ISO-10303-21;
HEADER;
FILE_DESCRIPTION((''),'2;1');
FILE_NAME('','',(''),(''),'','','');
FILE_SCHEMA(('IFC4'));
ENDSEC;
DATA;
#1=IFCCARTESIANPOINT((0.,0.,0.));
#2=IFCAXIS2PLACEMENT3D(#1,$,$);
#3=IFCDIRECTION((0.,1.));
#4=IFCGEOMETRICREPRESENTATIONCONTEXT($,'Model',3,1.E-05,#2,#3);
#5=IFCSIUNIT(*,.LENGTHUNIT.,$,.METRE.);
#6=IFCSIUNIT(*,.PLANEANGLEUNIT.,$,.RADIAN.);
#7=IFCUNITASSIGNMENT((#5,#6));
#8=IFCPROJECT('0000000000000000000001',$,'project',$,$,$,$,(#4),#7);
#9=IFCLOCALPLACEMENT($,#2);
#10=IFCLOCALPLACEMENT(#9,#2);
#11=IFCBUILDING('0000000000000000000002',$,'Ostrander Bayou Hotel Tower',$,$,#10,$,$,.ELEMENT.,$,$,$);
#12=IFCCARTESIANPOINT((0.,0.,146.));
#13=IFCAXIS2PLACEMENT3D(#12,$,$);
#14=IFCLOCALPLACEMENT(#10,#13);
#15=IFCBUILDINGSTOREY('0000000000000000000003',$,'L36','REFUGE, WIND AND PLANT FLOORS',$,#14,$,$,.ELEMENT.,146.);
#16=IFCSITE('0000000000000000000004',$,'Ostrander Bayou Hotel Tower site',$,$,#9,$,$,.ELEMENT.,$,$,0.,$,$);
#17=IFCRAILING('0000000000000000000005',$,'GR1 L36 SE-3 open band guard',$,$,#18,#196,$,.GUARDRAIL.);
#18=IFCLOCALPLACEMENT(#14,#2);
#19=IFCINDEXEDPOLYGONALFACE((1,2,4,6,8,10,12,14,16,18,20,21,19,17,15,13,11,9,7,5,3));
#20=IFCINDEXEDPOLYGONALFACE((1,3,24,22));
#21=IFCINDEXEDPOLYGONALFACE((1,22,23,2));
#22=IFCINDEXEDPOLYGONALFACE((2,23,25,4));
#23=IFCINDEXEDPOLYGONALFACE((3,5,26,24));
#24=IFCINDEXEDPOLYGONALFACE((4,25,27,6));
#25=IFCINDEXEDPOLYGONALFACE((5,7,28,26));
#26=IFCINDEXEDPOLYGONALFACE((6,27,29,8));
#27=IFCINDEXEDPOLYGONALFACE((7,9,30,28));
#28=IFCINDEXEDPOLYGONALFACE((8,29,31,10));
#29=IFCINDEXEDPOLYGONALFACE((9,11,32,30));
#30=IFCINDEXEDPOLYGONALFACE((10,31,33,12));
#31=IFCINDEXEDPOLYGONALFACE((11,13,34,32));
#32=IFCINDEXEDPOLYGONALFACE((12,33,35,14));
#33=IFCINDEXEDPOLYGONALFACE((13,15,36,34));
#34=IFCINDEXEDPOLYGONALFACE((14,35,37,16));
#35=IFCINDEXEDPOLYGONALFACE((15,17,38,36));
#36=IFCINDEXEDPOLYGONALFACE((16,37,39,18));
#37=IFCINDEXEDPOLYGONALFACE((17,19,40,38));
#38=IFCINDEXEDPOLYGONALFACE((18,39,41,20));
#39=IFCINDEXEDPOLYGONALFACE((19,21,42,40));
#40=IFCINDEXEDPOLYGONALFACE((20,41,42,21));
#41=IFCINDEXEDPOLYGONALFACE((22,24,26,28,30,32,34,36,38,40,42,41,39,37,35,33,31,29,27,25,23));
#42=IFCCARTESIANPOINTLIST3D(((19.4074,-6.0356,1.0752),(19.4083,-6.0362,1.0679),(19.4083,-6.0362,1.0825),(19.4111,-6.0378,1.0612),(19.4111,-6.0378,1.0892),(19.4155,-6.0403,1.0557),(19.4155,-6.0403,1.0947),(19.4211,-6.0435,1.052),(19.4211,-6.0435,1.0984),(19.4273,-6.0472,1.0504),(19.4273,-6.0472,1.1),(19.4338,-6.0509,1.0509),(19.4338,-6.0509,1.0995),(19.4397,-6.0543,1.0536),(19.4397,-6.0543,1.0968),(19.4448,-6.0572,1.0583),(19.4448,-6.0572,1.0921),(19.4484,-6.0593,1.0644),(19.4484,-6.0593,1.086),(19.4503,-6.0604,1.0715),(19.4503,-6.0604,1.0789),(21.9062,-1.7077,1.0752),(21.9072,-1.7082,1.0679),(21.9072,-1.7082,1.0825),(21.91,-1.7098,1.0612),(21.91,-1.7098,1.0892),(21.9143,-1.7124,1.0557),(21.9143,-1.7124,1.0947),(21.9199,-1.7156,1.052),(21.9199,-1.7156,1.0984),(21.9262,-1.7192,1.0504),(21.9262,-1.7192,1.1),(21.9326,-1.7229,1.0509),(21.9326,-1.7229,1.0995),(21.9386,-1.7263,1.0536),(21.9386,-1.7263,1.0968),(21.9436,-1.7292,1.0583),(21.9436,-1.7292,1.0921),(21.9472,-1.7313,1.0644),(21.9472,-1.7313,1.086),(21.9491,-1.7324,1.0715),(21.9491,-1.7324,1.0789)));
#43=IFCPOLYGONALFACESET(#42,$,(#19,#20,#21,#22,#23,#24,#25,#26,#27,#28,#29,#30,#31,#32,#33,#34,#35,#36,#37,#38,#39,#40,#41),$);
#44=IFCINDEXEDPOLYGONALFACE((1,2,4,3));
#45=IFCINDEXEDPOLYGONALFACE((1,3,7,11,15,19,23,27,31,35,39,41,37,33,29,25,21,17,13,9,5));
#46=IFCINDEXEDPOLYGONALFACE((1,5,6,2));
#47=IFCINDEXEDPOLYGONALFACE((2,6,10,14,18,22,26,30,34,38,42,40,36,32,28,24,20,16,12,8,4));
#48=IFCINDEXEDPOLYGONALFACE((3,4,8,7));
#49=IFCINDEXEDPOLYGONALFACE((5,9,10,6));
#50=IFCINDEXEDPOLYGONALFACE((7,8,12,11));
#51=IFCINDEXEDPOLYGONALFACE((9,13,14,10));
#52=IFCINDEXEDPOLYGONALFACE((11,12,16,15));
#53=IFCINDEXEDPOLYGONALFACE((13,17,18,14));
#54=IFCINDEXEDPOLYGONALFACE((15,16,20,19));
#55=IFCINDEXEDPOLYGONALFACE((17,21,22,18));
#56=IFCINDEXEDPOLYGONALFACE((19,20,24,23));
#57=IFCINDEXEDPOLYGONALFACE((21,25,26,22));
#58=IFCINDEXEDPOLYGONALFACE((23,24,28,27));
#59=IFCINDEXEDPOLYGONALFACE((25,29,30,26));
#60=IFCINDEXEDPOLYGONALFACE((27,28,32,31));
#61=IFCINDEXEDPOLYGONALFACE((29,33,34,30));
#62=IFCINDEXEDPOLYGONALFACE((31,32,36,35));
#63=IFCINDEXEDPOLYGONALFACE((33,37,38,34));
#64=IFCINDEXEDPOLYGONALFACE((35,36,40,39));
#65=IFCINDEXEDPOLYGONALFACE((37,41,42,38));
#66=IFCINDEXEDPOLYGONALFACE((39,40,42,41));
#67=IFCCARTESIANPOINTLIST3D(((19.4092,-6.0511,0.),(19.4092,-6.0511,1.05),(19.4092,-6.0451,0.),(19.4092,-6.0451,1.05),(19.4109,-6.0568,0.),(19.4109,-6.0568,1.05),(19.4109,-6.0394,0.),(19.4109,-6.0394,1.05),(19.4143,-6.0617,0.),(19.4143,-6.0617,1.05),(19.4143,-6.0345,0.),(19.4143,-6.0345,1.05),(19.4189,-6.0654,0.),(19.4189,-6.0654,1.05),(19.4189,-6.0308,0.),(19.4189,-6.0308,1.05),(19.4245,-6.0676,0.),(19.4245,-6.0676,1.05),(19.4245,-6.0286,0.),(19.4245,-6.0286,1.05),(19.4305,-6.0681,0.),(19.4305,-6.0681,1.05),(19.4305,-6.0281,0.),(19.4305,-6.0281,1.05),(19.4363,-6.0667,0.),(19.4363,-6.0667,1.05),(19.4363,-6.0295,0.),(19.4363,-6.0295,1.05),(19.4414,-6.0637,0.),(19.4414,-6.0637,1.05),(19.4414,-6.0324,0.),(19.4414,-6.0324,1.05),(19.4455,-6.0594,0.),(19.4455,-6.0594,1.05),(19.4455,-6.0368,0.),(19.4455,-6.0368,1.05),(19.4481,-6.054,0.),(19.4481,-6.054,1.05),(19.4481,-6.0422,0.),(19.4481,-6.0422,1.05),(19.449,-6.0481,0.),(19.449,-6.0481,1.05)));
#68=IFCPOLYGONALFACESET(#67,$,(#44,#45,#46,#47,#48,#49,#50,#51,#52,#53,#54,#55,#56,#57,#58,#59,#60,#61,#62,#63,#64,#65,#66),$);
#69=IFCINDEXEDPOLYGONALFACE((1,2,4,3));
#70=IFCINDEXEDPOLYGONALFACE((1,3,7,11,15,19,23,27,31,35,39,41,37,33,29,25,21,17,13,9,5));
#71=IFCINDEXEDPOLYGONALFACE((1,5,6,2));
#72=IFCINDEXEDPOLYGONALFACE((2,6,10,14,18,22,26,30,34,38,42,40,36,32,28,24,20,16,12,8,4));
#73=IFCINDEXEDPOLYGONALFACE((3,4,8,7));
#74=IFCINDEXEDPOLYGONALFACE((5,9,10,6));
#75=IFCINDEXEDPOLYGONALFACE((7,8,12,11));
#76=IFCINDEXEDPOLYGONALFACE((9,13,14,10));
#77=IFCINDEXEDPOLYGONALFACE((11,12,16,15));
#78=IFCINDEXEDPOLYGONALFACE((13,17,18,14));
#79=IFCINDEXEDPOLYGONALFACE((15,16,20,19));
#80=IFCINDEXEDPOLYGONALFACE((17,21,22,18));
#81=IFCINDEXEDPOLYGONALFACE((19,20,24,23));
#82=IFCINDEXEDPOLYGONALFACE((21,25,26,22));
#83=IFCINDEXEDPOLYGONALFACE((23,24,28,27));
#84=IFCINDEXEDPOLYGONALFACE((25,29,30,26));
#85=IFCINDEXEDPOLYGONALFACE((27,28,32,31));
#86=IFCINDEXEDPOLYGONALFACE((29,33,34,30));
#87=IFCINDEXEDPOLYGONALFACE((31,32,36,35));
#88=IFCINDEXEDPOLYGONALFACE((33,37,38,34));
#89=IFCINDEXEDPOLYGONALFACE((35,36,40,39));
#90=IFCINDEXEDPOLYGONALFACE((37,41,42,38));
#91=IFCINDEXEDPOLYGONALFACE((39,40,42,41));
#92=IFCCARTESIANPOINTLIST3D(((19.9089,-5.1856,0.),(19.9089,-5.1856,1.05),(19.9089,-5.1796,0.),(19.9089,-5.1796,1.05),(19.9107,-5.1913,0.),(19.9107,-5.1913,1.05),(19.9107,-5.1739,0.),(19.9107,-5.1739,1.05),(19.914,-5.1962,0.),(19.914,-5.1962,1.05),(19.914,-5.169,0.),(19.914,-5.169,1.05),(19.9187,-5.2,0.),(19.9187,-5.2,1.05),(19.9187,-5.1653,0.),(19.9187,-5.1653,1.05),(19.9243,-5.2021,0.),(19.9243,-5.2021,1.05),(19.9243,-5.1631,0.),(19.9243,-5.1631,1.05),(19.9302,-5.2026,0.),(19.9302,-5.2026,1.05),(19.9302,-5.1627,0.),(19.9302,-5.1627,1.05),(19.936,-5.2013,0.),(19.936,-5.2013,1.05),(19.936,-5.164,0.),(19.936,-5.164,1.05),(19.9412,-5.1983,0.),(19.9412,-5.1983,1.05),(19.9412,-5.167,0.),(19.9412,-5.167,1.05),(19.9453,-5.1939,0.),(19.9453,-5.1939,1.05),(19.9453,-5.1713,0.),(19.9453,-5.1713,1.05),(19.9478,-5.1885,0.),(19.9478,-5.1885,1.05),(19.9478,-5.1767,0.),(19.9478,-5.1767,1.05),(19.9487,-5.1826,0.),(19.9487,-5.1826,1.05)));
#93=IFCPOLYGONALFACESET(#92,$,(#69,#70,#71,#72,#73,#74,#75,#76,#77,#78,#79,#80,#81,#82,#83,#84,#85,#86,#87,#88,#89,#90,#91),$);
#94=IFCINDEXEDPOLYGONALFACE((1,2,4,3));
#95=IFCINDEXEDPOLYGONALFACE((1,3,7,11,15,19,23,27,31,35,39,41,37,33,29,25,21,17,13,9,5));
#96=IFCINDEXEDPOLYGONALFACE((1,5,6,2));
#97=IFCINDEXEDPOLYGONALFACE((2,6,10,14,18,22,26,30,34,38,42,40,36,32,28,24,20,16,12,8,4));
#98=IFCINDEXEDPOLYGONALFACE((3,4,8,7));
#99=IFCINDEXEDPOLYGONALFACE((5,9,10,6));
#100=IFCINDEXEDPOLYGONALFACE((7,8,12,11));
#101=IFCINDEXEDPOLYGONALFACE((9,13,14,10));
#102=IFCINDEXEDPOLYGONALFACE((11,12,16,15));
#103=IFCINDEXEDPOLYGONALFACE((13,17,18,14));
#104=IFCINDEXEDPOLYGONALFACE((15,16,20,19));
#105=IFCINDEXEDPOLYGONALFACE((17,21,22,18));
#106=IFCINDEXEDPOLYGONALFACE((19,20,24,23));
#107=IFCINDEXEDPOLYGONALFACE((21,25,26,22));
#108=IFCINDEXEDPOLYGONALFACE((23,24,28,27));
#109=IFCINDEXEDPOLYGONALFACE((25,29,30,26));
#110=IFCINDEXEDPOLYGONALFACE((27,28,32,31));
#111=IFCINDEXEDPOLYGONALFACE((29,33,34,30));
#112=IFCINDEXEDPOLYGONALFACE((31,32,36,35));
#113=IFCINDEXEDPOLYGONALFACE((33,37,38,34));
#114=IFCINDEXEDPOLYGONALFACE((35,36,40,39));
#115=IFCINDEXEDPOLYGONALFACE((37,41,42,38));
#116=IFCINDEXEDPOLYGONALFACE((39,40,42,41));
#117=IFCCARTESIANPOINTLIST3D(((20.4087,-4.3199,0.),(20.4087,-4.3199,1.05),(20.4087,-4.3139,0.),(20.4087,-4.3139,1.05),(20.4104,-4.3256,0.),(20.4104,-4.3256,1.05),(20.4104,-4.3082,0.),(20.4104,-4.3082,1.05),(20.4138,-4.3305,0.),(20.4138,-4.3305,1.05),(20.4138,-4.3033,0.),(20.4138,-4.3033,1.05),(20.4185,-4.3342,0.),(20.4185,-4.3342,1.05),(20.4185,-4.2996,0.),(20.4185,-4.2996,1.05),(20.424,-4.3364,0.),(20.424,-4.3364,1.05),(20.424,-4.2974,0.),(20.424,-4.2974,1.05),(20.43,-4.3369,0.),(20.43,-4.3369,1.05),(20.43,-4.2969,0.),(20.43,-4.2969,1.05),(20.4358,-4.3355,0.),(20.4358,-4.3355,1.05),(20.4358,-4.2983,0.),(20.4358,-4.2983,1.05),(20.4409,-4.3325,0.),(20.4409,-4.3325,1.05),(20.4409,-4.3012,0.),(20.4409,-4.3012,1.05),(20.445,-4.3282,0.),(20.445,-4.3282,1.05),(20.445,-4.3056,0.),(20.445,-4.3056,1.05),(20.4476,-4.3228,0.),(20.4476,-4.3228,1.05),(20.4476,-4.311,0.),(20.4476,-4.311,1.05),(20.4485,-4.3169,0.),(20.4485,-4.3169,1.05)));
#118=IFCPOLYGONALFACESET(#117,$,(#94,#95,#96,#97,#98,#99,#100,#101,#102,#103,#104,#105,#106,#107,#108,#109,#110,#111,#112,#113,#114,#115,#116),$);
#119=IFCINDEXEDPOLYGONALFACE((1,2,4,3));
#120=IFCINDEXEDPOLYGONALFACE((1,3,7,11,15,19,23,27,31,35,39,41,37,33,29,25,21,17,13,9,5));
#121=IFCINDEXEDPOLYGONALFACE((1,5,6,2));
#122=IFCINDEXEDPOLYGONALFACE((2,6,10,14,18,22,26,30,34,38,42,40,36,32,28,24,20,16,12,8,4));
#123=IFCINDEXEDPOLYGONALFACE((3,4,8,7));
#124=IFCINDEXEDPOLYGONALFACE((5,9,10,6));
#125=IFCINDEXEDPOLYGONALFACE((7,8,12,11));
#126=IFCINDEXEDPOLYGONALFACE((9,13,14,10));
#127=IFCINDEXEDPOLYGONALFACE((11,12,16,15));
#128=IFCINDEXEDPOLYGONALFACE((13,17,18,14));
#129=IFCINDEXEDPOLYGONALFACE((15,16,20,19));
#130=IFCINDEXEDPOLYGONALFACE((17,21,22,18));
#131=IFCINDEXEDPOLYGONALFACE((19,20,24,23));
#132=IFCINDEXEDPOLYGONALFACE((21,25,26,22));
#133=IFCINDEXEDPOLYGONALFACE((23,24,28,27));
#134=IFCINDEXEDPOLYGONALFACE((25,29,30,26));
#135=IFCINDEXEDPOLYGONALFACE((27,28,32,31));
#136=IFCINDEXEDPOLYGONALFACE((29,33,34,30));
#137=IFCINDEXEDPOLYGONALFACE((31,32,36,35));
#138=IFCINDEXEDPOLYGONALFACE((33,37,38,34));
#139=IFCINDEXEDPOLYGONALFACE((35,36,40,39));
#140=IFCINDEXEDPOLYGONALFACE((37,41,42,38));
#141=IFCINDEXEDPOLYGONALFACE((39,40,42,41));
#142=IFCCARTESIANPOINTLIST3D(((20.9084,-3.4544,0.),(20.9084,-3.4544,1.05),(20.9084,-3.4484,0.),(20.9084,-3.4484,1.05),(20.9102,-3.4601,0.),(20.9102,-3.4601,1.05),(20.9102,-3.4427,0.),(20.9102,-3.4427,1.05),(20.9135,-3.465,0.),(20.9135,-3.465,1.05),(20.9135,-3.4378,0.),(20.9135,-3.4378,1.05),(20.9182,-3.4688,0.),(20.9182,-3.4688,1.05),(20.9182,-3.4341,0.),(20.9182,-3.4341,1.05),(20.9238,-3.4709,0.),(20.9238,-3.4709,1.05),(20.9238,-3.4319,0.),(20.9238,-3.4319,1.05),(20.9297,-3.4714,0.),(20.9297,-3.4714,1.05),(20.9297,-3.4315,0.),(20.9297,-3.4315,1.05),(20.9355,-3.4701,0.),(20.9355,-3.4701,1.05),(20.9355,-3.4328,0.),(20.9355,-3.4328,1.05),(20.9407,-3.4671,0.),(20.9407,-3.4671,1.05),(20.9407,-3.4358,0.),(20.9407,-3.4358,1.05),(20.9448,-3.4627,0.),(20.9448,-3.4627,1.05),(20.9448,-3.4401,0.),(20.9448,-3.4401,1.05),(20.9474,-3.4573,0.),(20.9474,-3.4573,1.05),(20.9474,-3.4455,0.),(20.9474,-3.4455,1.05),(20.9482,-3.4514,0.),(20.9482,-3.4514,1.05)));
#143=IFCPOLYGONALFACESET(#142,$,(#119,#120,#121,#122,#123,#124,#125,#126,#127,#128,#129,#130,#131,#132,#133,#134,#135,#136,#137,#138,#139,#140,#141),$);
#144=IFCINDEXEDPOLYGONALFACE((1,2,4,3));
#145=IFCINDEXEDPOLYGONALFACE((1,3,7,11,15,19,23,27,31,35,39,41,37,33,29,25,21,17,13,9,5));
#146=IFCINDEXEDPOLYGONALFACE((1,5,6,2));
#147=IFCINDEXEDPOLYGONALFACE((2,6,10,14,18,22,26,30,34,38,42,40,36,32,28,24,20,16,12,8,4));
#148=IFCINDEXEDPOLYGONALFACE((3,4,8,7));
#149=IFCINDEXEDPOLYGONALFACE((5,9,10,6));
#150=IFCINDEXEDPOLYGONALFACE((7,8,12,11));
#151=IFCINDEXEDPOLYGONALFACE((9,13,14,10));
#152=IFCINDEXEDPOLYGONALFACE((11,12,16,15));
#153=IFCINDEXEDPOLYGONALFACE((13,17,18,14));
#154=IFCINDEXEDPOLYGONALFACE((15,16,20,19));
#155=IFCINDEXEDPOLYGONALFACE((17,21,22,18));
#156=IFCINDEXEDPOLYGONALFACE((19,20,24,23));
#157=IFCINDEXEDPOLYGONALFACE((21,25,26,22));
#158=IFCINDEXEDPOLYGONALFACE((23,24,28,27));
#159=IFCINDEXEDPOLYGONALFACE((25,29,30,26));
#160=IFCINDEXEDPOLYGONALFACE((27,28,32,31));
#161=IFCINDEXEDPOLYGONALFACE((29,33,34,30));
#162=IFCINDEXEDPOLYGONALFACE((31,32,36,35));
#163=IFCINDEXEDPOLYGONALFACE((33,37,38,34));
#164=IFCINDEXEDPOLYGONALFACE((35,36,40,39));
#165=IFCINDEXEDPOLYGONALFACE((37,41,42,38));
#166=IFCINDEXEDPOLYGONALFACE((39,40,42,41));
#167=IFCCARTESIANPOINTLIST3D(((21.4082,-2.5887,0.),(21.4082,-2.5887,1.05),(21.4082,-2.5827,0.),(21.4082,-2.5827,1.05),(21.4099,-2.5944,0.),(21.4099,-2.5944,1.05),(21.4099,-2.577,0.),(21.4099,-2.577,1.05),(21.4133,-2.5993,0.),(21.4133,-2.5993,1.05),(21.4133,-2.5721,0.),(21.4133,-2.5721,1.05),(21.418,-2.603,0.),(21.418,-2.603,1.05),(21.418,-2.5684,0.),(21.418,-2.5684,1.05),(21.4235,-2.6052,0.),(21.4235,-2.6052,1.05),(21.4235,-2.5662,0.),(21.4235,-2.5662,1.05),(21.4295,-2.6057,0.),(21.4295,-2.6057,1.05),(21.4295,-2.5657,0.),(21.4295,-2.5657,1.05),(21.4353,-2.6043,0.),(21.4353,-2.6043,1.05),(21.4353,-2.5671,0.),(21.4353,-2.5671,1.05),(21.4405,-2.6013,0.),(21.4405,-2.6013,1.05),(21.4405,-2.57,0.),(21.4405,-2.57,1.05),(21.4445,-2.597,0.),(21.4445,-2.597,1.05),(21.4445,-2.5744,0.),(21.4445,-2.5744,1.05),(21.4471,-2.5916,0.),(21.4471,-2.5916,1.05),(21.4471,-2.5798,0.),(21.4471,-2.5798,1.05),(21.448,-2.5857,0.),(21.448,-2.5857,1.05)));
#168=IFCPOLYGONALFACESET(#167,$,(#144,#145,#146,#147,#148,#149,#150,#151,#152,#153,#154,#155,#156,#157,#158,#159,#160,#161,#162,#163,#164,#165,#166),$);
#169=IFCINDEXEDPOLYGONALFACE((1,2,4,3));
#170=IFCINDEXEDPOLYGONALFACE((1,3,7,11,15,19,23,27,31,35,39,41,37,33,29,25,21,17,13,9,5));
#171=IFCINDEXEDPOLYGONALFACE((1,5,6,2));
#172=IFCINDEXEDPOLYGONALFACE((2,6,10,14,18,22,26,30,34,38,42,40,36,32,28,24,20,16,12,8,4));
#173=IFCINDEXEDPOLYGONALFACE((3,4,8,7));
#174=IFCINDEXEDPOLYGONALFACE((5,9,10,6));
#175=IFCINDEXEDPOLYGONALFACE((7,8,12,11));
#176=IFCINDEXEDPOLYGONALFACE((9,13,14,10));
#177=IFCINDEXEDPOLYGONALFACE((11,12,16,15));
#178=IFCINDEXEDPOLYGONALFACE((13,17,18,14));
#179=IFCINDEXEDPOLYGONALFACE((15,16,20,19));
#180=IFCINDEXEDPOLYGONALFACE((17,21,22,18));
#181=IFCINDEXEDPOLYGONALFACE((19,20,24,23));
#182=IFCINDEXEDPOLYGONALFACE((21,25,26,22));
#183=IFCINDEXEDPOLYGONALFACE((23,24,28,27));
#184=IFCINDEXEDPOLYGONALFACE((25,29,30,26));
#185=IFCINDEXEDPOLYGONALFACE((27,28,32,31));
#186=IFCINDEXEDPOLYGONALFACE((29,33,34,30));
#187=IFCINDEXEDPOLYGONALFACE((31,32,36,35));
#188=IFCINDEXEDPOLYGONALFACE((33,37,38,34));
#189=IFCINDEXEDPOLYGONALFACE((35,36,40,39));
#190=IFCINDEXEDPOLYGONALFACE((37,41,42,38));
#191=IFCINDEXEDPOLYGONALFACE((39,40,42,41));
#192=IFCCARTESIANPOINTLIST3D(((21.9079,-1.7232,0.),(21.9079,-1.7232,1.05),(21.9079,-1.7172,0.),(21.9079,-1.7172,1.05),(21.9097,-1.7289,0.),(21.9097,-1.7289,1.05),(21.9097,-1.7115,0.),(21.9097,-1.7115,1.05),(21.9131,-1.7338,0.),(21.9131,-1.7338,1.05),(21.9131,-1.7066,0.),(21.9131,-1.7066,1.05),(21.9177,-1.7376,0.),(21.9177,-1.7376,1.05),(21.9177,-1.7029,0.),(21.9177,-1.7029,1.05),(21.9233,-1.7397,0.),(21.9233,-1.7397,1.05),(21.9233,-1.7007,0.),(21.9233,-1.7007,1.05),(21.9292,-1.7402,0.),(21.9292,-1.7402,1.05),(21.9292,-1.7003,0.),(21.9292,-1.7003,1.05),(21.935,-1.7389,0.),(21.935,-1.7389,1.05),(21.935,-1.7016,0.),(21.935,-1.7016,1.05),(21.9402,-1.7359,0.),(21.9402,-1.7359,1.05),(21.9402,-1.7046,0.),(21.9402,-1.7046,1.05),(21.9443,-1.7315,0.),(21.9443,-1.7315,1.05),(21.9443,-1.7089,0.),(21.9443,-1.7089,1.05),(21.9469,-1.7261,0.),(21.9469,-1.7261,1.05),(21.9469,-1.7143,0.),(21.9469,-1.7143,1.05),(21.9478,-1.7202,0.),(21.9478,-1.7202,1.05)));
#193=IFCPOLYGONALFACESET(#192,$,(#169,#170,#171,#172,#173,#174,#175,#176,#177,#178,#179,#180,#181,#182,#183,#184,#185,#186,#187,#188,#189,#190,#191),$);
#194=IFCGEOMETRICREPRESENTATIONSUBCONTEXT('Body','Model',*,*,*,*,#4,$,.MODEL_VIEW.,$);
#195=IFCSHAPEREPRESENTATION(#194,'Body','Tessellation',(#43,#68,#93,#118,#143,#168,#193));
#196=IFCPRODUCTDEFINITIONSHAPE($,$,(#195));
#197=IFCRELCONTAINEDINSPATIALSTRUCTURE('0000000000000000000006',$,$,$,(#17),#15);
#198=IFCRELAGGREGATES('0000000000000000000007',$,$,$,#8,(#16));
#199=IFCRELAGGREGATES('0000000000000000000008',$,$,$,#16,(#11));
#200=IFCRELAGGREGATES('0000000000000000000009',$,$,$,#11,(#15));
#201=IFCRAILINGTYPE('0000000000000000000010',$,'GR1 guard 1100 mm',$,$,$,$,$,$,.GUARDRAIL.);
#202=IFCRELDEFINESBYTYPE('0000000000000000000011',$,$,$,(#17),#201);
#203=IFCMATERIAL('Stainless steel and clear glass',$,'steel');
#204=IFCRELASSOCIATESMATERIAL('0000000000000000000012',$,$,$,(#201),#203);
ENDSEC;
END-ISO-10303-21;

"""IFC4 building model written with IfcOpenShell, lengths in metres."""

from ifc_helpers import new_model, si_unit, direction, frame, origin, origin_2d, place, context, subcontext, project, spatial, circle, extrude, material, type_object, element, save


model = new_model("IFC4")

# Units and contexts
model_context = context("Model", 3, precision=1e-05, world=origin(), true_north=direction((0.0, 1.0)))
body_context = subcontext(model_context, "Body", "Model", "MODEL_VIEW")
ifc_project = project(units=[si_unit("LENGTHUNIT", "METRE"), si_unit("PLANEANGLEUNIT", "RADIAN")], contexts=[model_context])

# Site, building, storey
site_placement = place(None, origin())
site = spatial("IfcSite", under=ifc_project, at=site_placement, Name="Ostrander Bayou Hotel Tower site", CompositionType="ELEMENT", RefElevation=0.0)
building_placement = place(site_placement, origin())
building = spatial("IfcBuilding", under=site, at=building_placement, Name="Ostrander Bayou Hotel Tower", CompositionType="ELEMENT")
storey_placement = place(building_placement, frame((0.0, 0.0, 146.0)))
storey = spatial("IfcBuildingStorey", under=building, at=storey_placement, Name="L36", Description="REFUGE, WIND AND PLANT FLOORS", CompositionType="ELEMENT", Elevation=146.0)

# Railing
ifc_material_1 = material(Name="Stainless steel and clear glass", Category="steel")
railing_type = type_object("IfcRailingType", Name="GR1 guard 1100 mm", PredefinedType="GUARDRAIL", material=ifc_material_1)
railing_1_placement = place(storey_placement, frame((19.429, -6.0481, 0.0)))
element("IfcRailing", 1, at=railing_1_placement, inside=storey, type_object=railing_type, Name="GR1 L36 SE-3 open band guard", PredefinedType="GUARDRAIL", context=body_context, shape_type="SweptSolid", body=[
    extrude(circle(Radius=0.0249, at=origin_2d()), frame((0.0, 0.0, 1.0752), z_axis=(0.500011, 0.866019, 0.0), x_axis=(-0.866019, 0.500011, 0.0)), (0.0, 0.0, 1.0), 4.9976),
    extrude(circle(Radius=0.02, at=origin_2d()), origin(), (0.0, 0.0, 1.0), 1.05),
    extrude(circle(Radius=0.02, at=origin_2d()), frame((0.4998, 0.8655, 0.0)), (0.0, 0.0, 1.0), 1.05),
    extrude(circle(Radius=0.02, at=origin_2d()), frame((0.9995, 1.7312, 0.0)), (0.0, 0.0, 1.0), 1.05),
    extrude(circle(Radius=0.02, at=origin_2d()), frame((1.4993, 2.5967, 0.0)), (0.0, 0.0, 1.0), 1.05),
    extrude(circle(Radius=0.02, at=origin_2d()), frame((1.999, 3.4624, 0.0)), (0.0, 0.0, 1.0), 1.05),
    extrude(circle(Radius=0.02, at=origin_2d()), frame((2.4988, 4.3279, 0.0)), (0.0, 0.0, 1.0), 1.05),
])

save(model, "model.ifc")
